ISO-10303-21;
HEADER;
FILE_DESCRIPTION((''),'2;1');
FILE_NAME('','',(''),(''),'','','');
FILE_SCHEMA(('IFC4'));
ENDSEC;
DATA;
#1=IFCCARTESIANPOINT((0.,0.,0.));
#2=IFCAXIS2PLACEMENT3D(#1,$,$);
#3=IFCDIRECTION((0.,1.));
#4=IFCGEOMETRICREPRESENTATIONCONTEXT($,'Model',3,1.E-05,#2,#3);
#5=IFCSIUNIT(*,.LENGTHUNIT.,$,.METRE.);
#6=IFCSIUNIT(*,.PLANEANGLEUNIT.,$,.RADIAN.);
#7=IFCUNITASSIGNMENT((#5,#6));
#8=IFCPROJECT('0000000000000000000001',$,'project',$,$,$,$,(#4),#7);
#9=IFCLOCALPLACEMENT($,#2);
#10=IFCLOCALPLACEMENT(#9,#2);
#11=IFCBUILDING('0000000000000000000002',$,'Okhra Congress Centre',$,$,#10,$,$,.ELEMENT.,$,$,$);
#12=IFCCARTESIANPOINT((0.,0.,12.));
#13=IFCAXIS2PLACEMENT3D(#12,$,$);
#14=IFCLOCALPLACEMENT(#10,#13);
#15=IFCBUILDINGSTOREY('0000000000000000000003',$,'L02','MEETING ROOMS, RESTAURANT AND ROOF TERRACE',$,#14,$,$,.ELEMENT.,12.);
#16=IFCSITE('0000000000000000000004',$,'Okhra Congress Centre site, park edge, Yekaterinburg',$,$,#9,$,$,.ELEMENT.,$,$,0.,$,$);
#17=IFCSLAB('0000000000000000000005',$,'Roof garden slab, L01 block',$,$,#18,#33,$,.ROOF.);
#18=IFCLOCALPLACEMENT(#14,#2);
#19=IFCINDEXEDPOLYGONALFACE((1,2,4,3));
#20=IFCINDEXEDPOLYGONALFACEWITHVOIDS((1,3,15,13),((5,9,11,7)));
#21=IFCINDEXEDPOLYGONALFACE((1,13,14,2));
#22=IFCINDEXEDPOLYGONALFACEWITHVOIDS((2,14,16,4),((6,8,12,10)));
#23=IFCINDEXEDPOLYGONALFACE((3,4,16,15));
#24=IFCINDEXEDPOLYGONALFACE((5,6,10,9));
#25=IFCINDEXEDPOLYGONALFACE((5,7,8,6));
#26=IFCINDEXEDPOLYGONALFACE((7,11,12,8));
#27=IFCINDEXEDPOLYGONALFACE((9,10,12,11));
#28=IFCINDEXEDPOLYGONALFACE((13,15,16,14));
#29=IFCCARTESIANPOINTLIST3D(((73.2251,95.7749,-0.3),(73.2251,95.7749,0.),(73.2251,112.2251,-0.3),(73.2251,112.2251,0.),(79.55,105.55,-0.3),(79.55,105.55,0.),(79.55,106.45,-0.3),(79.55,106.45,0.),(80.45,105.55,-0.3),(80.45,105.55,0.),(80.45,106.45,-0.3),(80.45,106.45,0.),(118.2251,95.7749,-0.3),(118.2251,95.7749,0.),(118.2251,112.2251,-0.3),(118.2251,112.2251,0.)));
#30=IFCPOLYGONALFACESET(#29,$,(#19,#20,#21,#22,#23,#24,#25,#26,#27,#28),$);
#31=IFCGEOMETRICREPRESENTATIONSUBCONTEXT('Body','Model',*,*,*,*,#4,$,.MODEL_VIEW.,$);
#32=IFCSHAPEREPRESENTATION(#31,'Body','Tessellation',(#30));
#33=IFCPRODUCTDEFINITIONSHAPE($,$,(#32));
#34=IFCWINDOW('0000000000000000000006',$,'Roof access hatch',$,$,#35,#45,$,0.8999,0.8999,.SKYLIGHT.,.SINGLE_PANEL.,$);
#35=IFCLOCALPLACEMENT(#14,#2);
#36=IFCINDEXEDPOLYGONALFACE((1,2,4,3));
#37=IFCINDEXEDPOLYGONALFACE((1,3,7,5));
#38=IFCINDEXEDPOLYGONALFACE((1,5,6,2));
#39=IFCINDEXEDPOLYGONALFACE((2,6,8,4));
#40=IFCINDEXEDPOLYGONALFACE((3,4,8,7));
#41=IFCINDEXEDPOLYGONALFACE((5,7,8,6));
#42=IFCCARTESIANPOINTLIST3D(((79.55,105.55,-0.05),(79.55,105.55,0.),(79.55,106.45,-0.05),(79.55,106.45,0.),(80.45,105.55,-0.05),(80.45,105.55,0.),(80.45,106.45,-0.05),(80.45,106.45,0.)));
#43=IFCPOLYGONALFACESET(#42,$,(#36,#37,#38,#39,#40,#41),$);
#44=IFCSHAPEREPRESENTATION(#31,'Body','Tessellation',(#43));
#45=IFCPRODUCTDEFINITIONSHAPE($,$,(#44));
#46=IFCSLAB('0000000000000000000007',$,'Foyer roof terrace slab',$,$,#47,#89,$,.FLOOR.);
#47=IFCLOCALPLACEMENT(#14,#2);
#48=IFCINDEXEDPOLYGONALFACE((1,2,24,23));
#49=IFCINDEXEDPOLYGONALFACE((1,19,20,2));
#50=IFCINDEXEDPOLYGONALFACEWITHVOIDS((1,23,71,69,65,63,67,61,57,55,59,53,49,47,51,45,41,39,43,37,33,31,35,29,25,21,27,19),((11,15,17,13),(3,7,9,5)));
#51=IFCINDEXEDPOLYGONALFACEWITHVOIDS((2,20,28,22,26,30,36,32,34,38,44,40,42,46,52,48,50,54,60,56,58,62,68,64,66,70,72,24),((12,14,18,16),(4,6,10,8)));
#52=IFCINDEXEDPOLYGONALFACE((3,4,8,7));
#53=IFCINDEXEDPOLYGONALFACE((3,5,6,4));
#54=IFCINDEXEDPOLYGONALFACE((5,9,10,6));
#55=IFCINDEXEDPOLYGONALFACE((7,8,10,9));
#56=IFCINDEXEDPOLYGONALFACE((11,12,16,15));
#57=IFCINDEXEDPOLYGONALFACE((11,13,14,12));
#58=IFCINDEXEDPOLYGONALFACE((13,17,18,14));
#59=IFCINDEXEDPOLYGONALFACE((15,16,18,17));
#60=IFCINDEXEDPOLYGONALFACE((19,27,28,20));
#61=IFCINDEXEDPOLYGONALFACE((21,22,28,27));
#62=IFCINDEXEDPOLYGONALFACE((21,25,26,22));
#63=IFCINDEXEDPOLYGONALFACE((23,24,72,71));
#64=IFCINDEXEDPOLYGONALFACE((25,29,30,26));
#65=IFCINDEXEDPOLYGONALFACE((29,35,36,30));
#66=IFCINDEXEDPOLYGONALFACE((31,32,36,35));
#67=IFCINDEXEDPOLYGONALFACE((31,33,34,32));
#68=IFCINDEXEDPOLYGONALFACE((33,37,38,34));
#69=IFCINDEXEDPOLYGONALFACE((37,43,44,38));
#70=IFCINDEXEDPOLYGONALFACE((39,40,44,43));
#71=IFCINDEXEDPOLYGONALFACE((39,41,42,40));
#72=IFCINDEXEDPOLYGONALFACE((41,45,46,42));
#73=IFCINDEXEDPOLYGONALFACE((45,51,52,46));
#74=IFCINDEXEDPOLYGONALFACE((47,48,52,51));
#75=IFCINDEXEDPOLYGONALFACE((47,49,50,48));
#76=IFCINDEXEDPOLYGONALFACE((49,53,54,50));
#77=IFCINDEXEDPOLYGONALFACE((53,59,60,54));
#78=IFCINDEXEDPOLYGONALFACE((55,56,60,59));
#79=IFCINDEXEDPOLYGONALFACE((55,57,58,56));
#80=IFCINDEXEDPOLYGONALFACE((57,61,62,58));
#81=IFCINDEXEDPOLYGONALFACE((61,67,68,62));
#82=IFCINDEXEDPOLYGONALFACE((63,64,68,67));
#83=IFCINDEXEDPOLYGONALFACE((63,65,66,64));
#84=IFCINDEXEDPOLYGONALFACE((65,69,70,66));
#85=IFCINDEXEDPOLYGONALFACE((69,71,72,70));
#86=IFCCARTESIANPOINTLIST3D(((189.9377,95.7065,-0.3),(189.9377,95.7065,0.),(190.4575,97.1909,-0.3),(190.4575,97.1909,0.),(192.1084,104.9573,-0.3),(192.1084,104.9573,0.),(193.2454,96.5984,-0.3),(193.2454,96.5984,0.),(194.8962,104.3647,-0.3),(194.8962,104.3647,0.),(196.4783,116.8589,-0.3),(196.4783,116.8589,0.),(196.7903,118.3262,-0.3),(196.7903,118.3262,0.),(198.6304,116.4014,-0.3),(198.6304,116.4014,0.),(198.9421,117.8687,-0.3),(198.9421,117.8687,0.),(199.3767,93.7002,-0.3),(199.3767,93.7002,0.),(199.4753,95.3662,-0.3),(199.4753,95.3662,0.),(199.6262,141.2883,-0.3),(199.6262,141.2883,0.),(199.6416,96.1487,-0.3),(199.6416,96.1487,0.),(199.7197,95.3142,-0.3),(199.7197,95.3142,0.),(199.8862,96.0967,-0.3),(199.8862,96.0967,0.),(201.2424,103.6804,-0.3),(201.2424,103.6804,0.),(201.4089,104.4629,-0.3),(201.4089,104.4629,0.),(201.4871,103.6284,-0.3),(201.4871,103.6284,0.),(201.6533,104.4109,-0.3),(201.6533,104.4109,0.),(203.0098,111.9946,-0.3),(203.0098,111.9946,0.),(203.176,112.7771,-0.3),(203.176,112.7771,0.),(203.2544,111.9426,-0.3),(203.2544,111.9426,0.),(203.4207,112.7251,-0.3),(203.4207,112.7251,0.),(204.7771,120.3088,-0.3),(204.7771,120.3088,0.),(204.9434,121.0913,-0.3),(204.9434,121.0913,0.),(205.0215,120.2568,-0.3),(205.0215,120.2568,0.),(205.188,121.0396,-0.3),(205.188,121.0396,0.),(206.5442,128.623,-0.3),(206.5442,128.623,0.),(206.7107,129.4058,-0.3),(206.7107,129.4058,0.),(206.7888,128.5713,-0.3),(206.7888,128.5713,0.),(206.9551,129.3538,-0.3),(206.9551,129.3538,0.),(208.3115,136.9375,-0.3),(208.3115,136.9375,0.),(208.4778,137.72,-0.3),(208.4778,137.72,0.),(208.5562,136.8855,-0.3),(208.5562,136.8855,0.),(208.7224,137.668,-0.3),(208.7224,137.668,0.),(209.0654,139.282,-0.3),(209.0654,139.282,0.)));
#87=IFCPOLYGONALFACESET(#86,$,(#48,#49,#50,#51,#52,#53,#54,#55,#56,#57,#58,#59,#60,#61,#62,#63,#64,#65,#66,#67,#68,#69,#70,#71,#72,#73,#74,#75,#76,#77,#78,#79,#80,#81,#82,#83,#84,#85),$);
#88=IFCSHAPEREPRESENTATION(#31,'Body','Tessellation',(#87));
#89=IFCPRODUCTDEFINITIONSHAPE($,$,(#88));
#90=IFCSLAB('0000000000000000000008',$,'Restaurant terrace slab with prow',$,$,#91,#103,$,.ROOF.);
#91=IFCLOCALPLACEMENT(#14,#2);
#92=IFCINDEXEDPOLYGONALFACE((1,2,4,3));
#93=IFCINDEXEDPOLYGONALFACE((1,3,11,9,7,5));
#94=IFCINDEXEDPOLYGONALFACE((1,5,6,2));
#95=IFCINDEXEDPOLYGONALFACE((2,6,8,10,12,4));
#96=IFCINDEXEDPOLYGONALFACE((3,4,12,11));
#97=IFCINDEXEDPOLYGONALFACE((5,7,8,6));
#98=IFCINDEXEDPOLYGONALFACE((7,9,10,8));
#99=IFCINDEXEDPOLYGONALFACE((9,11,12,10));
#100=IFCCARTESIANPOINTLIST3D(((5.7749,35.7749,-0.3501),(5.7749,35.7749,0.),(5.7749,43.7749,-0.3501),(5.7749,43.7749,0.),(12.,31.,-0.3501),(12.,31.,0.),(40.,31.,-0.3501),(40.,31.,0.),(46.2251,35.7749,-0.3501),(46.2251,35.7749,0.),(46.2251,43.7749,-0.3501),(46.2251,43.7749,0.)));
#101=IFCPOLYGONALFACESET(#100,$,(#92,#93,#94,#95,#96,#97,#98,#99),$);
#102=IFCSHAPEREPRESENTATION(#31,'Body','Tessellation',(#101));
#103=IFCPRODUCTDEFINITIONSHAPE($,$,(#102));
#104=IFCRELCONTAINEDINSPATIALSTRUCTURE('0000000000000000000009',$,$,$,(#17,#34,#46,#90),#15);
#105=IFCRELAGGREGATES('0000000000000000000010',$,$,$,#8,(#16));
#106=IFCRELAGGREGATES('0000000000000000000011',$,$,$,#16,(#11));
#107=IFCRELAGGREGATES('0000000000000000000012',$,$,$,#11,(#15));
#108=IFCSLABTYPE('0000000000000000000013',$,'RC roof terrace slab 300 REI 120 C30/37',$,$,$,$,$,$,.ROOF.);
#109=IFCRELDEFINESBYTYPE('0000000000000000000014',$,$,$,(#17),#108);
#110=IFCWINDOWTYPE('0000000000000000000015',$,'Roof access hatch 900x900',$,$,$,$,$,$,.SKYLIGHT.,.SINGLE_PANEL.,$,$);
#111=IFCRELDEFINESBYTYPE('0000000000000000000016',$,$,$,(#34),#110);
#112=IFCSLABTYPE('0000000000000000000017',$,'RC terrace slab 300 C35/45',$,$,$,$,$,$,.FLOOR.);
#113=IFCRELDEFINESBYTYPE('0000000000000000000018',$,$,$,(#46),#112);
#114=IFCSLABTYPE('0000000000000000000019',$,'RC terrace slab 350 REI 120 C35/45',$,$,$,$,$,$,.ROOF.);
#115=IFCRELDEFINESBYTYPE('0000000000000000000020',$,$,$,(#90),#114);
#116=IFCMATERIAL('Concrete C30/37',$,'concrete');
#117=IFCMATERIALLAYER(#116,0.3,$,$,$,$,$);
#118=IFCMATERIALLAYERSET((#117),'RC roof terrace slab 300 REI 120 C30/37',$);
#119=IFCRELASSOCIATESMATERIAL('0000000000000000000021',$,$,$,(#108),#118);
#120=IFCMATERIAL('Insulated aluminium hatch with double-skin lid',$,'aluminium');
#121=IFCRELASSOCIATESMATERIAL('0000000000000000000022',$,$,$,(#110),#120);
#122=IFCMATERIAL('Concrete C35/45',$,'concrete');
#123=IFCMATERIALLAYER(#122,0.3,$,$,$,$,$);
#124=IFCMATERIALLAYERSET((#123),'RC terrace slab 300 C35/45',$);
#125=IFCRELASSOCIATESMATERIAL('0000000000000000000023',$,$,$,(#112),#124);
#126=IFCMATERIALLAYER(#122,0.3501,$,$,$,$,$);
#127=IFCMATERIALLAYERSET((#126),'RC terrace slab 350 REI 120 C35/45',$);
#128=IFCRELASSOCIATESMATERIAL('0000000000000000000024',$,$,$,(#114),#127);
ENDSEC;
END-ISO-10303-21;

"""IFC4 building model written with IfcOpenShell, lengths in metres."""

from ifc_helpers import new_model, si_unit, direction, frame, origin, origin_2d, place, context, subcontext, project, spatial, polyline, rectangle, outline, extrude, material, layer, layer_set, type_object, element, fill, save


model = new_model("IFC4")

# Units and contexts
model_context = context("Model", 3, precision=1e-05, world=origin(), true_north=direction((0.0, 1.0)))
body_context = subcontext(model_context, "Body", "Model", "MODEL_VIEW")
ifc_project = project(units=[si_unit("LENGTHUNIT", "METRE"), si_unit("PLANEANGLEUNIT", "RADIAN")], contexts=[model_context])

# Site, building, storey
site_placement = place(None, origin())
site = spatial("IfcSite", under=ifc_project, at=site_placement, Name="Okhra Congress Centre site, park edge, Yekaterinburg", CompositionType="ELEMENT", RefElevation=0.0)
building_placement = place(site_placement, origin())
building = spatial("IfcBuilding", under=site, at=building_placement, Name="Okhra Congress Centre", CompositionType="ELEMENT")
storey_placement = place(building_placement, frame((0.0, 0.0, 12.0)))
storey = spatial("IfcBuildingStorey", under=building, at=storey_placement, Name="L02", Description="MEETING ROOMS, RESTAURANT AND ROOF TERRACE", CompositionType="ELEMENT", Elevation=12.0)

# Shared definitions
ifc_material_1 = material(Name="Concrete C30/37", Category="concrete")
ifc_material_2 = material(Name="Concrete C35/45", Category="concrete")

# Slab, opening, window
ifc_layer_1 = layer(ifc_material_1, 0.3)
ifc_layer_set_1 = layer_set([ifc_layer_1], Name="RC roof terrace slab 300 REI 120 C30/37")
slab_type_1 = type_object("IfcSlabType", Name="RC roof terrace slab 300 REI 120 C30/37", PredefinedType="ROOF", material=ifc_layer_set_1)
slab_1_placement = place(storey_placement, frame((0.0, 0.0, -0.3)))
slab_1 = element("IfcSlab", 1, at=slab_1_placement, inside=storey, type_object=slab_type_1, Name="Roof garden slab, L01 block", PredefinedType="ROOF", context=body_context, shape_type="SweptSolid", body=[
    extrude(outline(polyline([(73.2251, 95.7749), (118.2251, 95.7749), (118.2251, 112.2251), (73.2251, 112.2251), (73.2251, 95.7749)])), origin(), (0.0, 0.0, 1.0), 0.3),
])
opening_placement = place(slab_1_placement, frame((80.0, 106.0, 0.0)))
opening = element("IfcOpeningElement", 2, at=opening_placement, cuts=slab_1, PredefinedType="OPENING", context=body_context, shape_type="SweptSolid", body=[
    extrude(rectangle(XDim=0.8999, YDim=0.8999, at=origin_2d()), origin(), (0.0, 0.0, 1.0), 0.3),
])
ifc_material_3 = material(Name="Insulated aluminium hatch with double-skin lid", Category="aluminium")
window_type = type_object("IfcWindowType", Name="Roof access hatch 900x900", PartitioningType="SINGLE_PANEL", PredefinedType="SKYLIGHT", material=ifc_material_3)
window_placement = place(opening_placement, frame((0.0, 0.0, 0.25)))
window = element("IfcWindow", 3, at=window_placement, inside=storey, type_object=window_type, Name="Roof access hatch", OverallHeight=0.8999, OverallWidth=0.8999, PartitioningType="SINGLE_PANEL", PredefinedType="SKYLIGHT", context=body_context, shape_type="SweptSolid", body=[
    extrude(rectangle(XDim=0.8999, YDim=0.8999, at=origin_2d()), origin(), (0.0, 0.0, 1.0), 0.05),
])
fill(opening, window)

# Slabs
ifc_layer_2 = layer(ifc_material_2, 0.3)
ifc_layer_set_2 = layer_set([ifc_layer_2], Name="RC terrace slab 300 C35/45")
slab_type_2 = type_object("IfcSlabType", Name="RC terrace slab 300 C35/45", PredefinedType="FLOOR", material=ifc_layer_set_2)
slab_2_placement = place(storey_placement, frame((0.0, 0.0, -0.3)))
element("IfcSlab", 4, at=slab_2_placement, inside=storey, type_object=slab_type_2, Name="Foyer roof terrace slab", PredefinedType="FLOOR", context=body_context, shape_type="SweptSolid", body=[
    extrude(outline(polyline([(189.9377, 95.7065), (199.3767, 93.7002), (199.7197, 95.3142), (199.4753, 95.3662), (199.6416, 96.1487), (199.8862, 96.0967), (201.4871, 103.6284), (201.2424, 103.6804), (201.4089, 104.4629), (201.6533, 104.4109), (203.2544, 111.9426), (203.0098, 111.9946), (203.176, 112.7771), (203.4207, 112.7251), (205.0215, 120.2568), (204.7771, 120.3088), (204.9434, 121.0913), (205.188, 121.0396), (206.7888, 128.5713), (206.5442, 128.623), (206.7107, 129.4058), (206.9551, 129.3538), (208.5562, 136.8855), (208.3115, 136.9375), (208.4778, 137.72), (208.7224, 137.668), (209.0654, 139.282), (199.6262, 141.2883), (189.9377, 95.7065)]), holes=[polyline([(193.2454, 96.5984), (194.8962, 104.3647), (192.1084, 104.9573), (190.4575, 97.1909), (193.2454, 96.5984)]), polyline([(196.4783, 116.8589), (198.6304, 116.4014), (198.9421, 117.8687), (196.7903, 118.3262), (196.4783, 116.8589)])]), origin(), (0.0, 0.0, 1.0), 0.3),
])
ifc_layer_3 = layer(ifc_material_2, 0.3501)
ifc_layer_set_3 = layer_set([ifc_layer_3], Name="RC terrace slab 350 REI 120 C35/45")
slab_type_3 = type_object("IfcSlabType", Name="RC terrace slab 350 REI 120 C35/45", PredefinedType="ROOF", material=ifc_layer_set_3)
slab_3_placement = place(storey_placement, frame((0.0, 0.0, -0.3501)))
element("IfcSlab", 5, at=slab_3_placement, inside=storey, type_object=slab_type_3, Name="Restaurant terrace slab with prow", PredefinedType="ROOF", context=body_context, shape_type="SweptSolid", body=[
    extrude(outline(polyline([(5.7749, 35.7749), (12.0, 31.0), (40.0, 31.0), (46.2251, 35.7749), (46.2251, 43.7749), (5.7749, 43.7749), (5.7749, 35.7749)])), origin(), (0.0, 0.0, 1.0), 0.3501),
])

save(model, "model.ifc")
